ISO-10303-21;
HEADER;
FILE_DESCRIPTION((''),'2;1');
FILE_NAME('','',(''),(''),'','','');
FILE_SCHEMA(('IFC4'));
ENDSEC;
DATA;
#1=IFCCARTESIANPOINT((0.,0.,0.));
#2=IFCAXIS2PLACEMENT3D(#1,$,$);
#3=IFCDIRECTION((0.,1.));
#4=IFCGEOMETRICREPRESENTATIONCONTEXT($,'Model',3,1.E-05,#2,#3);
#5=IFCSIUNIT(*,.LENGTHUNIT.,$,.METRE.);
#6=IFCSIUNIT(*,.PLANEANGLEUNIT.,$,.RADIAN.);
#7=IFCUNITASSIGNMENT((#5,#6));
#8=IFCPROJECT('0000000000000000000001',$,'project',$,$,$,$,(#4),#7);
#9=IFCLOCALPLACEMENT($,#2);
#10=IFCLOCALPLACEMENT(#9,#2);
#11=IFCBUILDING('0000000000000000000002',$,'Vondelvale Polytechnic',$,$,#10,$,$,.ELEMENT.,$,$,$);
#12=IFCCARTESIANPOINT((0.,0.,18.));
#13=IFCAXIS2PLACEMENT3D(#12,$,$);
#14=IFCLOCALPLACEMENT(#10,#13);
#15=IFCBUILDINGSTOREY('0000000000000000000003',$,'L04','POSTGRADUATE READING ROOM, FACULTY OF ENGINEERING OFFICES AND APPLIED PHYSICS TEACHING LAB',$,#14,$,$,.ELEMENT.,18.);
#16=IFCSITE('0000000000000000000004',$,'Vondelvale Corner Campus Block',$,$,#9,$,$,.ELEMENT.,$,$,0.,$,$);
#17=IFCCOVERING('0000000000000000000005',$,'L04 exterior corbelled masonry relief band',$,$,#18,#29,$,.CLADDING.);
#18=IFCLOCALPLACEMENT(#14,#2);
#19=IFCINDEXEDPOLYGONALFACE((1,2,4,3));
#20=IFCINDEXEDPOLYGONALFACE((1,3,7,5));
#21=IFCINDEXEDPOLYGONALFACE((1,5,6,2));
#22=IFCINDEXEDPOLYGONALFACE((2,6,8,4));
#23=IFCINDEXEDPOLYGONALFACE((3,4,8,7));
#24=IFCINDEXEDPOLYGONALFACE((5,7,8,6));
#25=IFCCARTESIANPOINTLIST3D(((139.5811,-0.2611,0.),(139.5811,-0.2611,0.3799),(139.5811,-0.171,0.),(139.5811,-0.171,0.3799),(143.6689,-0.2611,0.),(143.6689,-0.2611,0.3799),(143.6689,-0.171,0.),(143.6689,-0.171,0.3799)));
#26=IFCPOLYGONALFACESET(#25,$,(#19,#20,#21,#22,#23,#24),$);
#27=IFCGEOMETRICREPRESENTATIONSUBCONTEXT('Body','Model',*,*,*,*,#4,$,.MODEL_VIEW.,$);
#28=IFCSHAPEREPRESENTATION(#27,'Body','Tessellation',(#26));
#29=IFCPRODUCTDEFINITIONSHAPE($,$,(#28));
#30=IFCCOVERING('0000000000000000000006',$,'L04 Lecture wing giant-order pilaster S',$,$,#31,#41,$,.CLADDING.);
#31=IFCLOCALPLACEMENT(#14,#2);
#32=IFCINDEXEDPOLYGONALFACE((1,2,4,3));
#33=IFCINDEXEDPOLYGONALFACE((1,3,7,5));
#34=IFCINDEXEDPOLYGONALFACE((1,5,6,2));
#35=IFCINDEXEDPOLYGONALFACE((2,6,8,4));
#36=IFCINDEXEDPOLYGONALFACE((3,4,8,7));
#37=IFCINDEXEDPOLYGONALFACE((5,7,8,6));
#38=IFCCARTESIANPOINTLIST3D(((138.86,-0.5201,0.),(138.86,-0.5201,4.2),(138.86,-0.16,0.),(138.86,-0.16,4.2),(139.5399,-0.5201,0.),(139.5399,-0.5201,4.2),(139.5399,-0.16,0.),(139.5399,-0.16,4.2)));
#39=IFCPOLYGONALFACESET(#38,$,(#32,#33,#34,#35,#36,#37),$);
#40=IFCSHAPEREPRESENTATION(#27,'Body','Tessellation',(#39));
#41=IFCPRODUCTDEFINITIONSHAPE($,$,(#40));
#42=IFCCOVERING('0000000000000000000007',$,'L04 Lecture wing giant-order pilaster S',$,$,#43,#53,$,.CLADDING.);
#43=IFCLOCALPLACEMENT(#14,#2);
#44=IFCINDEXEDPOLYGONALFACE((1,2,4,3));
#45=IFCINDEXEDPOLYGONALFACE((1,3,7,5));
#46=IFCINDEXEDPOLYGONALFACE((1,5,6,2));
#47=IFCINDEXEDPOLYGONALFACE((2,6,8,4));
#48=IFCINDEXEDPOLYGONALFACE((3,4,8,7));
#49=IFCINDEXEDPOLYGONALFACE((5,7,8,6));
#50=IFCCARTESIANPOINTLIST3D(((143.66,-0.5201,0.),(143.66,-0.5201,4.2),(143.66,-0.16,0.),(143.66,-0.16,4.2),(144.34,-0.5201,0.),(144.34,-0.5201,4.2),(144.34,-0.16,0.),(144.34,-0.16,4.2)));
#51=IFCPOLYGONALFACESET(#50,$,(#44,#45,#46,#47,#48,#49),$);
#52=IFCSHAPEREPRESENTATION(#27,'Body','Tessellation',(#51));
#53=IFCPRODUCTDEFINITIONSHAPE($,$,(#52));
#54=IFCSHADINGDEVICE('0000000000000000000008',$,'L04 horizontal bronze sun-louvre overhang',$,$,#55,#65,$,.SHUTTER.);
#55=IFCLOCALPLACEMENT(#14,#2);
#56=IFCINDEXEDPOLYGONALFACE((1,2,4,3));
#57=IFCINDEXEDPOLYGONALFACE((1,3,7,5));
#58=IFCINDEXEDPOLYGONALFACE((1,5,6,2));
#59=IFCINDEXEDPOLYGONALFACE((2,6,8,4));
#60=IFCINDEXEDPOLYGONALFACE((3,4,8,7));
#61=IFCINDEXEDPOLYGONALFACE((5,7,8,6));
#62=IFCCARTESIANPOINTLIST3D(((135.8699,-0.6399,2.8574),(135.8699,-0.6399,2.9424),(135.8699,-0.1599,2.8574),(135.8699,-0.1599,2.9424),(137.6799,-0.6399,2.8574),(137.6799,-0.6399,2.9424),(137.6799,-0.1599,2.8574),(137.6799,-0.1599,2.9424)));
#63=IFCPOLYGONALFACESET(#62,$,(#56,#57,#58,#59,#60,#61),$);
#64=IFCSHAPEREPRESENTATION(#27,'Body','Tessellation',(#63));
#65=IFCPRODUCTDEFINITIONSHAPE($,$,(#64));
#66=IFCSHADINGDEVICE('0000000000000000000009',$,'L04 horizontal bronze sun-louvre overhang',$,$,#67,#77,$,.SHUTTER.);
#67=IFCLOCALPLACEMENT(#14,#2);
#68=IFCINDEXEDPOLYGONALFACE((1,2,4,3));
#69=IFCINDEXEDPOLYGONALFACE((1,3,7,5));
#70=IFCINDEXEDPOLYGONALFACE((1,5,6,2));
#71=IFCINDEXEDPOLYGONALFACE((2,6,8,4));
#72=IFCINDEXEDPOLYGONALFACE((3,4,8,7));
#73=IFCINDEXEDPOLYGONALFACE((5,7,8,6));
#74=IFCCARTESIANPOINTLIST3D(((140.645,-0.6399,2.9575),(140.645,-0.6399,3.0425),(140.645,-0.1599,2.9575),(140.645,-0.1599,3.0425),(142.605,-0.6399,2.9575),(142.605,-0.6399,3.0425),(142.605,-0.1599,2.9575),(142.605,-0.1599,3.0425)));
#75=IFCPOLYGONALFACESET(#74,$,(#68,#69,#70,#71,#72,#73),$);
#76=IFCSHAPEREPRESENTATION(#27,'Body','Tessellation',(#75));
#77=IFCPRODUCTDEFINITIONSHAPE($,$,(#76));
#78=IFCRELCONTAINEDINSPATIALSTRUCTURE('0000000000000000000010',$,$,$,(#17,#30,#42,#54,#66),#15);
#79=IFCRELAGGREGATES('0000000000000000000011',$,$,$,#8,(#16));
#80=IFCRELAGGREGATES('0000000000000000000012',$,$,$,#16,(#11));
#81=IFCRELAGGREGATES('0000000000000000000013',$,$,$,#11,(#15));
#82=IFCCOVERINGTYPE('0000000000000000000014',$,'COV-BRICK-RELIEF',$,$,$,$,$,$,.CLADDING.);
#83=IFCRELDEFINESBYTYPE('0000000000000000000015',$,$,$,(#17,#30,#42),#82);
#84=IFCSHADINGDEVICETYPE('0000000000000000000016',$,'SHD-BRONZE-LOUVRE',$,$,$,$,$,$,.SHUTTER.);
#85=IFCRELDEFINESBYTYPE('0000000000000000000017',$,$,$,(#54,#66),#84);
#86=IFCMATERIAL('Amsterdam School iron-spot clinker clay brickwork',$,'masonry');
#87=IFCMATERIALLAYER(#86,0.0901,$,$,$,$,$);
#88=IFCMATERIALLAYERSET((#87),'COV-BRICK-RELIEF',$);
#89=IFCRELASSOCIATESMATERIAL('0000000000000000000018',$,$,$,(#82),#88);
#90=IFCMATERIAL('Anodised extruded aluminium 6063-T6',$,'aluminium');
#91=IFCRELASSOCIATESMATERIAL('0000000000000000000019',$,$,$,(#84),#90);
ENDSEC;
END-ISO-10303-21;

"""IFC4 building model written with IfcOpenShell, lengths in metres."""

from ifc_helpers import new_model, si_unit, direction, frame, origin, origin_2d, place, context, subcontext, project, spatial, rectangle, extrude, material, layer, layer_set, type_object, element, save


model = new_model("IFC4")

# Units and contexts
model_context = context("Model", 3, precision=1e-05, world=origin(), true_north=direction((0.0, 1.0)))
body_context = subcontext(model_context, "Body", "Model", "MODEL_VIEW")
ifc_project = project(units=[si_unit("LENGTHUNIT", "METRE"), si_unit("PLANEANGLEUNIT", "RADIAN")], contexts=[model_context])

# Site, building, storey
site_placement = place(None, origin())
site = spatial("IfcSite", under=ifc_project, at=site_placement, Name="Vondelvale Corner Campus Block", CompositionType="ELEMENT", RefElevation=0.0)
building_placement = place(site_placement, origin())
building = spatial("IfcBuilding", under=site, at=building_placement, Name="Vondelvale Polytechnic", CompositionType="ELEMENT")
storey_placement = place(building_placement, frame((0.0, 0.0, 18.0)))
storey = spatial("IfcBuildingStorey", under=building, at=storey_placement, Name="L04", Description="POSTGRADUATE READING ROOM, FACULTY OF ENGINEERING OFFICES AND APPLIED PHYSICS TEACHING LAB", CompositionType="ELEMENT", Elevation=18.0)

# Shared definitions
ifc_material_1 = material(Name="Anodised extruded aluminium 6063-T6", Category="aluminium")

# Shared definitions
ifc_material_2 = material(Name="Amsterdam School iron-spot clinker clay brickwork", Category="masonry")

# Coverings
ifc_layer_1 = layer(ifc_material_2, 0.0901)
ifc_layer_set_1 = layer_set([ifc_layer_1], Name="COV-BRICK-RELIEF")
covering_type = type_object("IfcCoveringType", Name="COV-BRICK-RELIEF", PredefinedType="CLADDING", material=ifc_layer_set_1)
for number, where, z_axis, x_axis, name in (
    (1, (141.625, -0.2161, 0.0), (0.0, 0.0, 1.0), (-1.0, 0.0, 0.0), "L04 exterior corbelled masonry relief band"),
):
    element("IfcCovering", number, at=place(storey_placement, frame(where, z_axis=z_axis, x_axis=x_axis)), inside=storey, type_object=covering_type, Name=name, PredefinedType="CLADDING", context=body_context, shape_type="SweptSolid", body=[
        extrude(rectangle(XDim=4.0879, YDim=0.0901, at=origin_2d()), origin(), (0.0, 0.0, 1.0), 0.3799),
    ])
for number, where, z_axis, x_axis, name in (
    (2, (139.2, -0.3401, 0.0), (0.0, 0.0, 1.0), (1.0, 0.0, 0.0), "L04 Lecture wing giant-order pilaster S"),
    (3, (144.0, -0.3401, 0.0), (0.0, 0.0, 1.0), (1.0, 0.0, 0.0), "L04 Lecture wing giant-order pilaster S"),
):
    element("IfcCovering", number, at=place(storey_placement, frame(where, z_axis=z_axis, x_axis=x_axis)), inside=storey, type_object=covering_type, Name=name, PredefinedType="CLADDING", context=body_context, shape_type="SweptSolid", body=[
        extrude(rectangle(XDim=0.6799, YDim=0.3601, at=origin_2d()), origin(), (0.0, 0.0, 1.0), 4.2),
    ])

# Shading devices
shading_device_type = type_object("IfcShadingDeviceType", Name="SHD-BRONZE-LOUVRE", PredefinedType="SHUTTER", material=ifc_material_1)
shading_device_1_placement = place(storey_placement, frame((136.7749, -0.3999, 2.8574), z_axis=(0.0, 0.0, 1.0), x_axis=(-1.0, 0.0, 0.0)))
element("IfcShadingDevice", 4, at=shading_device_1_placement, inside=storey, type_object=shading_device_type, Name="L04 horizontal bronze sun-louvre overhang", PredefinedType="SHUTTER", context=body_context, shape_type="SweptSolid", body=[
    extrude(rectangle(XDim=1.8101, YDim=0.48, at=origin_2d()), origin(), (0.0, 0.0, 1.0), 0.085),
])
shading_device_2_placement = place(storey_placement, frame((141.625, -0.3999, 2.9575), z_axis=(0.0, 0.0, 1.0), x_axis=(-1.0, 0.0, 0.0)))
element("IfcShadingDevice", 5, at=shading_device_2_placement, inside=storey, type_object=shading_device_type, Name="L04 horizontal bronze sun-louvre overhang", PredefinedType="SHUTTER", context=body_context, shape_type="SweptSolid", body=[
    extrude(rectangle(XDim=1.96, YDim=0.48, at=origin_2d()), origin(), (0.0, 0.0, 1.0), 0.085),
])

save(model, "model.ifc")
